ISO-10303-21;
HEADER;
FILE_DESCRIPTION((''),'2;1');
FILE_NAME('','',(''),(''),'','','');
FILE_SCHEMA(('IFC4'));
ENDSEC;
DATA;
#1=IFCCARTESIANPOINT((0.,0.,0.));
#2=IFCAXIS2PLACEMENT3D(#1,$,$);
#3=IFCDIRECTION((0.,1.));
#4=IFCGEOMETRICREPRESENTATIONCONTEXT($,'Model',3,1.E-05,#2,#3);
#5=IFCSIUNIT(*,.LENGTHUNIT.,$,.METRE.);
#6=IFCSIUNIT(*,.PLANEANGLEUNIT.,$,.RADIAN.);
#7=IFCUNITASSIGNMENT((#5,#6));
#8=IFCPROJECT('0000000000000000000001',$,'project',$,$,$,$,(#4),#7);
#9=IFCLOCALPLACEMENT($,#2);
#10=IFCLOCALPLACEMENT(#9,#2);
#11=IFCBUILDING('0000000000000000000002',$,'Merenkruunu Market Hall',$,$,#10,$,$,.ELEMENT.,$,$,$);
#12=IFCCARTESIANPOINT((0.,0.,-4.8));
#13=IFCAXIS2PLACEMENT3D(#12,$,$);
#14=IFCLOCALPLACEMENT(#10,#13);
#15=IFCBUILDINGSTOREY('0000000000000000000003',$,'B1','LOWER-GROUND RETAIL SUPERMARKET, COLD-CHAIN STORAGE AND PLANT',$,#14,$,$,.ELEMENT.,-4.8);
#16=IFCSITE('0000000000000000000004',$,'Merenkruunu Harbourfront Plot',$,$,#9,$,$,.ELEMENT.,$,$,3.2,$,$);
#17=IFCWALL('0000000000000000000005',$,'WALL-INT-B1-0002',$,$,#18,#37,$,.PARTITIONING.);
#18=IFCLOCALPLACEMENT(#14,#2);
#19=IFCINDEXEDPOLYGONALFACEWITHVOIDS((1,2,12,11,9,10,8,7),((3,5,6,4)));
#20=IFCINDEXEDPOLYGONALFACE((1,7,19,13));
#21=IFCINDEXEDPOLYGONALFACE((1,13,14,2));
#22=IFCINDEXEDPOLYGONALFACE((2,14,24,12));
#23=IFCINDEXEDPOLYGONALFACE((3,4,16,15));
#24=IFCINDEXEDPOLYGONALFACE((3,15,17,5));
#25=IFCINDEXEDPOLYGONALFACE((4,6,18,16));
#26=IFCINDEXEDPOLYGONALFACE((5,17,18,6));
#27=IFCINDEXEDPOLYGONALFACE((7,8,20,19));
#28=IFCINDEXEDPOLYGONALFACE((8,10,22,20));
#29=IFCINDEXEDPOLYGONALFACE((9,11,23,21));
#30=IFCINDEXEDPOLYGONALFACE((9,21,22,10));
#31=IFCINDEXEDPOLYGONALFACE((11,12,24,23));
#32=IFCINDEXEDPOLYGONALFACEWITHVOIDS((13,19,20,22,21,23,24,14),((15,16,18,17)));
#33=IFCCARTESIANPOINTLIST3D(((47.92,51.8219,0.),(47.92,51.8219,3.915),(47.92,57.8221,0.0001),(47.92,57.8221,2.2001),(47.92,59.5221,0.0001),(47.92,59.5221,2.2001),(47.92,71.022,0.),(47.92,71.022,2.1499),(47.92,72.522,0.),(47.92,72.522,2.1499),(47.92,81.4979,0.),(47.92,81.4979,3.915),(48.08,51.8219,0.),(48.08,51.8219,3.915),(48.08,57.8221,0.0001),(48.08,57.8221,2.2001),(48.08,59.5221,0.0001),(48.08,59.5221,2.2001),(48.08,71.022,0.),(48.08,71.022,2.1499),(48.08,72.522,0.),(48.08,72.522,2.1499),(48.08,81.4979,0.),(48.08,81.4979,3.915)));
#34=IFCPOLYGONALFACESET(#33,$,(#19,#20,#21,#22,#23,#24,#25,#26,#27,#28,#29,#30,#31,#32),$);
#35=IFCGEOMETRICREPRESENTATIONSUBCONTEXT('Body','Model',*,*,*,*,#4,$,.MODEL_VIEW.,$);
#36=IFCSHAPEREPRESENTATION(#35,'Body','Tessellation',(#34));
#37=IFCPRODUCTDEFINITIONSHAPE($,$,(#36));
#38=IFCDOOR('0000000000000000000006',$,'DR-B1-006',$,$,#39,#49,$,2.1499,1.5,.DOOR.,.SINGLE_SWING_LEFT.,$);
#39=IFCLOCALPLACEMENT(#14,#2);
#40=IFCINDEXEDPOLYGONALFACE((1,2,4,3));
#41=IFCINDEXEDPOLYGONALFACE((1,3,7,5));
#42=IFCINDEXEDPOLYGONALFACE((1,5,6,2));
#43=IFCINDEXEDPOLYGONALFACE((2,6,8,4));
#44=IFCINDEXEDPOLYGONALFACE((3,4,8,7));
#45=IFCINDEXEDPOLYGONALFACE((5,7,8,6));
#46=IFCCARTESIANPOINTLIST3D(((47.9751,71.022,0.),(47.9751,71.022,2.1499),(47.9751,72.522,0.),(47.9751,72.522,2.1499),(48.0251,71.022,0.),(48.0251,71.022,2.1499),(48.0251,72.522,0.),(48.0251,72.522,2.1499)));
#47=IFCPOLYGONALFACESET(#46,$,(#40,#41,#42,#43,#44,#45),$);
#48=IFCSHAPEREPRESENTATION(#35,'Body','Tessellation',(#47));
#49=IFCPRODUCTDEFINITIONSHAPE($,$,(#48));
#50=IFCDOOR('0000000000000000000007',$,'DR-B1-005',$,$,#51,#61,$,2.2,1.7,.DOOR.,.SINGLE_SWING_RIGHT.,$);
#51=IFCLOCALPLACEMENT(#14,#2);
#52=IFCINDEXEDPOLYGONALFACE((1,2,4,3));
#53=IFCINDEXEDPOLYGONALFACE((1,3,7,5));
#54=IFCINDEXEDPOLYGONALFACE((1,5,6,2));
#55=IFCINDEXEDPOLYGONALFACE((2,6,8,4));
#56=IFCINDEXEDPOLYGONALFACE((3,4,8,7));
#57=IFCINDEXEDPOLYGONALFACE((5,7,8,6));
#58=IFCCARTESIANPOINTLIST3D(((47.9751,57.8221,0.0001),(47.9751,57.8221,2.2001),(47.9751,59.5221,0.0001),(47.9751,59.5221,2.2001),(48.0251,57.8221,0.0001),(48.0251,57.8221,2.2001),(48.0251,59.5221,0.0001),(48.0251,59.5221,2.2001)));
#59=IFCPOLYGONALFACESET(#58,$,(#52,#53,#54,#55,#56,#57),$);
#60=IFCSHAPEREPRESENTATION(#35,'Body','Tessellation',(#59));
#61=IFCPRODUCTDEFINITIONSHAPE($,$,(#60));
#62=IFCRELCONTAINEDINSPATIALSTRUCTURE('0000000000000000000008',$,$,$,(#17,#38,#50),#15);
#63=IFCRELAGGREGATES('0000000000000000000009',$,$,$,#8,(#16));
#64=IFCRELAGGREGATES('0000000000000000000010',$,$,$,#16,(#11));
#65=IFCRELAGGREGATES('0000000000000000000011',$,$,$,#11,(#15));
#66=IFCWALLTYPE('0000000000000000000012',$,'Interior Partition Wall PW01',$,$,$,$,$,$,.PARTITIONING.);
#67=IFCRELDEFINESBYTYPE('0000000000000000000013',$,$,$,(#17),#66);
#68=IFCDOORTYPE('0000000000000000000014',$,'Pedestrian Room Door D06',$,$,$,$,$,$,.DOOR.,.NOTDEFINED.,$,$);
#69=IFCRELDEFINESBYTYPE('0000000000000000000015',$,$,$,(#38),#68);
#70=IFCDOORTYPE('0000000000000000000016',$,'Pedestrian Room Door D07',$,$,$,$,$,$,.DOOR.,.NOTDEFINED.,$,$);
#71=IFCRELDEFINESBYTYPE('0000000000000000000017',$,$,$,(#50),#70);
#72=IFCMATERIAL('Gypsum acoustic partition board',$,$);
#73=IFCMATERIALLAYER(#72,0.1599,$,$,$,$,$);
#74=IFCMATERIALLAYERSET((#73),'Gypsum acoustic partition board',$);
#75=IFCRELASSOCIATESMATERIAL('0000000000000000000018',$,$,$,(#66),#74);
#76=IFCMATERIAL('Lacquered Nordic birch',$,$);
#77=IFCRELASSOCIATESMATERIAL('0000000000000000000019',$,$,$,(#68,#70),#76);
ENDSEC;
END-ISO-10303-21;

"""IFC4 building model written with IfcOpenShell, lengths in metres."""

from ifc_helpers import new_model, si_unit, direction, frame, frame_2d, origin, place, context, subcontext, project, spatial, rectangle, extrude, material, layer, layer_set, type_object, element, fill, save


model = new_model("IFC4")

# Units and contexts
model_context = context("Model", 3, precision=1e-05, world=origin(), true_north=direction((0.0, 1.0)))
body_context = subcontext(model_context, "Body", "Model", "MODEL_VIEW")
ifc_project = project(units=[si_unit("LENGTHUNIT", "METRE"), si_unit("PLANEANGLEUNIT", "RADIAN")], contexts=[model_context])

# Site, building, storey
site_placement = place(None, origin())
site = spatial("IfcSite", under=ifc_project, at=site_placement, Name="Merenkruunu Harbourfront Plot", CompositionType="ELEMENT", RefElevation=3.2)
building_placement = place(site_placement, origin())
building = spatial("IfcBuilding", under=site, at=building_placement, Name="Merenkruunu Market Hall", CompositionType="ELEMENT")
storey_placement = place(building_placement, frame((0.0, 0.0, -4.8)))
storey = spatial("IfcBuildingStorey", under=building, at=storey_placement, Name="B1", Description="LOWER-GROUND RETAIL SUPERMARKET, COLD-CHAIN STORAGE AND PLANT", CompositionType="ELEMENT", Elevation=-4.8)

# Wall, openings, doors
ifc_material_1 = material(Name="Gypsum acoustic partition board")
ifc_layer_1 = layer(ifc_material_1, 0.1599)
ifc_layer_set_1 = layer_set([ifc_layer_1], Name="Gypsum acoustic partition board")
wall_type = type_object("IfcWallType", Name="Interior Partition Wall PW01", PredefinedType="PARTITIONING", material=ifc_layer_set_1)
wall_placement = place(storey_placement, frame((48.0, 51.822, 0.0), z_axis=(0.0, 0.0, 1.0), x_axis=(0.0, 1.0, 0.0)))
wall = element("IfcWall", 1, at=wall_placement, inside=storey, type_object=wall_type, Name="WALL-INT-B1-0002", PredefinedType="PARTITIONING", context=body_context, shape_type="SweptSolid", body=[
    extrude(rectangle(XDim=29.676, YDim=0.1599, at=frame_2d((14.8379, 0.0))), origin(), (0.0, 0.0, 1.0), 3.915),
])
opening_1_placement = place(wall_placement, frame((6.0, 0.0, 0.0)))
opening_1 = element("IfcOpeningElement", 2, at=opening_1_placement, cuts=wall, PredefinedType="OPENING", context=body_context, shape_type="SweptSolid", body=[
    extrude(rectangle(XDim=1.7, YDim=2.2, at=frame_2d((0.8501, 1.1001))), frame((0.0, 0.0898, 0.0), z_axis=(0.0, -1.0, 0.0), x_axis=(1.0, 0.0, 0.0)), (0.0, 0.0, 1.0), 0.1799),
])
opening_2_placement = place(wall_placement, frame((19.2, 0.0, 0.0)))
opening_2 = element("IfcOpeningElement", 3, at=opening_2_placement, cuts=wall, PredefinedType="OPENING", context=body_context, shape_type="SweptSolid", body=[
    extrude(rectangle(XDim=1.5, YDim=2.1499, at=frame_2d((0.75, 1.075))), frame((0.0, 0.0898, 0.0), z_axis=(0.0, -1.0, 0.0), x_axis=(1.0, 0.0, 0.0)), (0.0, 0.0, 1.0), 0.1799),
])
ifc_material_2 = material(Name="Lacquered Nordic birch")
door_type_1 = type_object("IfcDoorType", Name="Pedestrian Room Door D06", OperationType="NOTDEFINED", PredefinedType="DOOR", material=ifc_material_2)
door_1_placement = place(opening_2_placement, origin())
door_1 = element("IfcDoor", 4, at=door_1_placement, inside=storey, type_object=door_type_1, Name="DR-B1-006", OperationType="SINGLE_SWING_LEFT", OverallHeight=2.1499, OverallWidth=1.5, PredefinedType="DOOR", context=body_context, shape_type="SweptSolid", body=[
    extrude(rectangle(XDim=1.5, YDim=2.1499, at=frame_2d((0.75, 1.075))), frame((0.0, 0.0249, 0.0), z_axis=(0.0, -1.0, 0.0), x_axis=(1.0, 0.0, 0.0)), (0.0, 0.0, 1.0), 0.05),
])
fill(opening_2, door_1)
door_type_2 = type_object("IfcDoorType", Name="Pedestrian Room Door D07", OperationType="NOTDEFINED", PredefinedType="DOOR", material=ifc_material_2)
door_2_placement = place(opening_1_placement, origin())
door_2 = element("IfcDoor", 5, at=door_2_placement, inside=storey, type_object=door_type_2, Name="DR-B1-005", OperationType="SINGLE_SWING_RIGHT", OverallHeight=2.2, OverallWidth=1.7, PredefinedType="DOOR", context=body_context, shape_type="SweptSolid", body=[
    extrude(rectangle(XDim=1.7, YDim=2.2, at=frame_2d((0.8501, 1.1001))), frame((0.0, 0.0249, 0.0), z_axis=(0.0, -1.0, 0.0), x_axis=(1.0, 0.0, 0.0)), (0.0, 0.0, 1.0), 0.05),
])
fill(opening_1, door_2)

save(model, "model.ifc")
